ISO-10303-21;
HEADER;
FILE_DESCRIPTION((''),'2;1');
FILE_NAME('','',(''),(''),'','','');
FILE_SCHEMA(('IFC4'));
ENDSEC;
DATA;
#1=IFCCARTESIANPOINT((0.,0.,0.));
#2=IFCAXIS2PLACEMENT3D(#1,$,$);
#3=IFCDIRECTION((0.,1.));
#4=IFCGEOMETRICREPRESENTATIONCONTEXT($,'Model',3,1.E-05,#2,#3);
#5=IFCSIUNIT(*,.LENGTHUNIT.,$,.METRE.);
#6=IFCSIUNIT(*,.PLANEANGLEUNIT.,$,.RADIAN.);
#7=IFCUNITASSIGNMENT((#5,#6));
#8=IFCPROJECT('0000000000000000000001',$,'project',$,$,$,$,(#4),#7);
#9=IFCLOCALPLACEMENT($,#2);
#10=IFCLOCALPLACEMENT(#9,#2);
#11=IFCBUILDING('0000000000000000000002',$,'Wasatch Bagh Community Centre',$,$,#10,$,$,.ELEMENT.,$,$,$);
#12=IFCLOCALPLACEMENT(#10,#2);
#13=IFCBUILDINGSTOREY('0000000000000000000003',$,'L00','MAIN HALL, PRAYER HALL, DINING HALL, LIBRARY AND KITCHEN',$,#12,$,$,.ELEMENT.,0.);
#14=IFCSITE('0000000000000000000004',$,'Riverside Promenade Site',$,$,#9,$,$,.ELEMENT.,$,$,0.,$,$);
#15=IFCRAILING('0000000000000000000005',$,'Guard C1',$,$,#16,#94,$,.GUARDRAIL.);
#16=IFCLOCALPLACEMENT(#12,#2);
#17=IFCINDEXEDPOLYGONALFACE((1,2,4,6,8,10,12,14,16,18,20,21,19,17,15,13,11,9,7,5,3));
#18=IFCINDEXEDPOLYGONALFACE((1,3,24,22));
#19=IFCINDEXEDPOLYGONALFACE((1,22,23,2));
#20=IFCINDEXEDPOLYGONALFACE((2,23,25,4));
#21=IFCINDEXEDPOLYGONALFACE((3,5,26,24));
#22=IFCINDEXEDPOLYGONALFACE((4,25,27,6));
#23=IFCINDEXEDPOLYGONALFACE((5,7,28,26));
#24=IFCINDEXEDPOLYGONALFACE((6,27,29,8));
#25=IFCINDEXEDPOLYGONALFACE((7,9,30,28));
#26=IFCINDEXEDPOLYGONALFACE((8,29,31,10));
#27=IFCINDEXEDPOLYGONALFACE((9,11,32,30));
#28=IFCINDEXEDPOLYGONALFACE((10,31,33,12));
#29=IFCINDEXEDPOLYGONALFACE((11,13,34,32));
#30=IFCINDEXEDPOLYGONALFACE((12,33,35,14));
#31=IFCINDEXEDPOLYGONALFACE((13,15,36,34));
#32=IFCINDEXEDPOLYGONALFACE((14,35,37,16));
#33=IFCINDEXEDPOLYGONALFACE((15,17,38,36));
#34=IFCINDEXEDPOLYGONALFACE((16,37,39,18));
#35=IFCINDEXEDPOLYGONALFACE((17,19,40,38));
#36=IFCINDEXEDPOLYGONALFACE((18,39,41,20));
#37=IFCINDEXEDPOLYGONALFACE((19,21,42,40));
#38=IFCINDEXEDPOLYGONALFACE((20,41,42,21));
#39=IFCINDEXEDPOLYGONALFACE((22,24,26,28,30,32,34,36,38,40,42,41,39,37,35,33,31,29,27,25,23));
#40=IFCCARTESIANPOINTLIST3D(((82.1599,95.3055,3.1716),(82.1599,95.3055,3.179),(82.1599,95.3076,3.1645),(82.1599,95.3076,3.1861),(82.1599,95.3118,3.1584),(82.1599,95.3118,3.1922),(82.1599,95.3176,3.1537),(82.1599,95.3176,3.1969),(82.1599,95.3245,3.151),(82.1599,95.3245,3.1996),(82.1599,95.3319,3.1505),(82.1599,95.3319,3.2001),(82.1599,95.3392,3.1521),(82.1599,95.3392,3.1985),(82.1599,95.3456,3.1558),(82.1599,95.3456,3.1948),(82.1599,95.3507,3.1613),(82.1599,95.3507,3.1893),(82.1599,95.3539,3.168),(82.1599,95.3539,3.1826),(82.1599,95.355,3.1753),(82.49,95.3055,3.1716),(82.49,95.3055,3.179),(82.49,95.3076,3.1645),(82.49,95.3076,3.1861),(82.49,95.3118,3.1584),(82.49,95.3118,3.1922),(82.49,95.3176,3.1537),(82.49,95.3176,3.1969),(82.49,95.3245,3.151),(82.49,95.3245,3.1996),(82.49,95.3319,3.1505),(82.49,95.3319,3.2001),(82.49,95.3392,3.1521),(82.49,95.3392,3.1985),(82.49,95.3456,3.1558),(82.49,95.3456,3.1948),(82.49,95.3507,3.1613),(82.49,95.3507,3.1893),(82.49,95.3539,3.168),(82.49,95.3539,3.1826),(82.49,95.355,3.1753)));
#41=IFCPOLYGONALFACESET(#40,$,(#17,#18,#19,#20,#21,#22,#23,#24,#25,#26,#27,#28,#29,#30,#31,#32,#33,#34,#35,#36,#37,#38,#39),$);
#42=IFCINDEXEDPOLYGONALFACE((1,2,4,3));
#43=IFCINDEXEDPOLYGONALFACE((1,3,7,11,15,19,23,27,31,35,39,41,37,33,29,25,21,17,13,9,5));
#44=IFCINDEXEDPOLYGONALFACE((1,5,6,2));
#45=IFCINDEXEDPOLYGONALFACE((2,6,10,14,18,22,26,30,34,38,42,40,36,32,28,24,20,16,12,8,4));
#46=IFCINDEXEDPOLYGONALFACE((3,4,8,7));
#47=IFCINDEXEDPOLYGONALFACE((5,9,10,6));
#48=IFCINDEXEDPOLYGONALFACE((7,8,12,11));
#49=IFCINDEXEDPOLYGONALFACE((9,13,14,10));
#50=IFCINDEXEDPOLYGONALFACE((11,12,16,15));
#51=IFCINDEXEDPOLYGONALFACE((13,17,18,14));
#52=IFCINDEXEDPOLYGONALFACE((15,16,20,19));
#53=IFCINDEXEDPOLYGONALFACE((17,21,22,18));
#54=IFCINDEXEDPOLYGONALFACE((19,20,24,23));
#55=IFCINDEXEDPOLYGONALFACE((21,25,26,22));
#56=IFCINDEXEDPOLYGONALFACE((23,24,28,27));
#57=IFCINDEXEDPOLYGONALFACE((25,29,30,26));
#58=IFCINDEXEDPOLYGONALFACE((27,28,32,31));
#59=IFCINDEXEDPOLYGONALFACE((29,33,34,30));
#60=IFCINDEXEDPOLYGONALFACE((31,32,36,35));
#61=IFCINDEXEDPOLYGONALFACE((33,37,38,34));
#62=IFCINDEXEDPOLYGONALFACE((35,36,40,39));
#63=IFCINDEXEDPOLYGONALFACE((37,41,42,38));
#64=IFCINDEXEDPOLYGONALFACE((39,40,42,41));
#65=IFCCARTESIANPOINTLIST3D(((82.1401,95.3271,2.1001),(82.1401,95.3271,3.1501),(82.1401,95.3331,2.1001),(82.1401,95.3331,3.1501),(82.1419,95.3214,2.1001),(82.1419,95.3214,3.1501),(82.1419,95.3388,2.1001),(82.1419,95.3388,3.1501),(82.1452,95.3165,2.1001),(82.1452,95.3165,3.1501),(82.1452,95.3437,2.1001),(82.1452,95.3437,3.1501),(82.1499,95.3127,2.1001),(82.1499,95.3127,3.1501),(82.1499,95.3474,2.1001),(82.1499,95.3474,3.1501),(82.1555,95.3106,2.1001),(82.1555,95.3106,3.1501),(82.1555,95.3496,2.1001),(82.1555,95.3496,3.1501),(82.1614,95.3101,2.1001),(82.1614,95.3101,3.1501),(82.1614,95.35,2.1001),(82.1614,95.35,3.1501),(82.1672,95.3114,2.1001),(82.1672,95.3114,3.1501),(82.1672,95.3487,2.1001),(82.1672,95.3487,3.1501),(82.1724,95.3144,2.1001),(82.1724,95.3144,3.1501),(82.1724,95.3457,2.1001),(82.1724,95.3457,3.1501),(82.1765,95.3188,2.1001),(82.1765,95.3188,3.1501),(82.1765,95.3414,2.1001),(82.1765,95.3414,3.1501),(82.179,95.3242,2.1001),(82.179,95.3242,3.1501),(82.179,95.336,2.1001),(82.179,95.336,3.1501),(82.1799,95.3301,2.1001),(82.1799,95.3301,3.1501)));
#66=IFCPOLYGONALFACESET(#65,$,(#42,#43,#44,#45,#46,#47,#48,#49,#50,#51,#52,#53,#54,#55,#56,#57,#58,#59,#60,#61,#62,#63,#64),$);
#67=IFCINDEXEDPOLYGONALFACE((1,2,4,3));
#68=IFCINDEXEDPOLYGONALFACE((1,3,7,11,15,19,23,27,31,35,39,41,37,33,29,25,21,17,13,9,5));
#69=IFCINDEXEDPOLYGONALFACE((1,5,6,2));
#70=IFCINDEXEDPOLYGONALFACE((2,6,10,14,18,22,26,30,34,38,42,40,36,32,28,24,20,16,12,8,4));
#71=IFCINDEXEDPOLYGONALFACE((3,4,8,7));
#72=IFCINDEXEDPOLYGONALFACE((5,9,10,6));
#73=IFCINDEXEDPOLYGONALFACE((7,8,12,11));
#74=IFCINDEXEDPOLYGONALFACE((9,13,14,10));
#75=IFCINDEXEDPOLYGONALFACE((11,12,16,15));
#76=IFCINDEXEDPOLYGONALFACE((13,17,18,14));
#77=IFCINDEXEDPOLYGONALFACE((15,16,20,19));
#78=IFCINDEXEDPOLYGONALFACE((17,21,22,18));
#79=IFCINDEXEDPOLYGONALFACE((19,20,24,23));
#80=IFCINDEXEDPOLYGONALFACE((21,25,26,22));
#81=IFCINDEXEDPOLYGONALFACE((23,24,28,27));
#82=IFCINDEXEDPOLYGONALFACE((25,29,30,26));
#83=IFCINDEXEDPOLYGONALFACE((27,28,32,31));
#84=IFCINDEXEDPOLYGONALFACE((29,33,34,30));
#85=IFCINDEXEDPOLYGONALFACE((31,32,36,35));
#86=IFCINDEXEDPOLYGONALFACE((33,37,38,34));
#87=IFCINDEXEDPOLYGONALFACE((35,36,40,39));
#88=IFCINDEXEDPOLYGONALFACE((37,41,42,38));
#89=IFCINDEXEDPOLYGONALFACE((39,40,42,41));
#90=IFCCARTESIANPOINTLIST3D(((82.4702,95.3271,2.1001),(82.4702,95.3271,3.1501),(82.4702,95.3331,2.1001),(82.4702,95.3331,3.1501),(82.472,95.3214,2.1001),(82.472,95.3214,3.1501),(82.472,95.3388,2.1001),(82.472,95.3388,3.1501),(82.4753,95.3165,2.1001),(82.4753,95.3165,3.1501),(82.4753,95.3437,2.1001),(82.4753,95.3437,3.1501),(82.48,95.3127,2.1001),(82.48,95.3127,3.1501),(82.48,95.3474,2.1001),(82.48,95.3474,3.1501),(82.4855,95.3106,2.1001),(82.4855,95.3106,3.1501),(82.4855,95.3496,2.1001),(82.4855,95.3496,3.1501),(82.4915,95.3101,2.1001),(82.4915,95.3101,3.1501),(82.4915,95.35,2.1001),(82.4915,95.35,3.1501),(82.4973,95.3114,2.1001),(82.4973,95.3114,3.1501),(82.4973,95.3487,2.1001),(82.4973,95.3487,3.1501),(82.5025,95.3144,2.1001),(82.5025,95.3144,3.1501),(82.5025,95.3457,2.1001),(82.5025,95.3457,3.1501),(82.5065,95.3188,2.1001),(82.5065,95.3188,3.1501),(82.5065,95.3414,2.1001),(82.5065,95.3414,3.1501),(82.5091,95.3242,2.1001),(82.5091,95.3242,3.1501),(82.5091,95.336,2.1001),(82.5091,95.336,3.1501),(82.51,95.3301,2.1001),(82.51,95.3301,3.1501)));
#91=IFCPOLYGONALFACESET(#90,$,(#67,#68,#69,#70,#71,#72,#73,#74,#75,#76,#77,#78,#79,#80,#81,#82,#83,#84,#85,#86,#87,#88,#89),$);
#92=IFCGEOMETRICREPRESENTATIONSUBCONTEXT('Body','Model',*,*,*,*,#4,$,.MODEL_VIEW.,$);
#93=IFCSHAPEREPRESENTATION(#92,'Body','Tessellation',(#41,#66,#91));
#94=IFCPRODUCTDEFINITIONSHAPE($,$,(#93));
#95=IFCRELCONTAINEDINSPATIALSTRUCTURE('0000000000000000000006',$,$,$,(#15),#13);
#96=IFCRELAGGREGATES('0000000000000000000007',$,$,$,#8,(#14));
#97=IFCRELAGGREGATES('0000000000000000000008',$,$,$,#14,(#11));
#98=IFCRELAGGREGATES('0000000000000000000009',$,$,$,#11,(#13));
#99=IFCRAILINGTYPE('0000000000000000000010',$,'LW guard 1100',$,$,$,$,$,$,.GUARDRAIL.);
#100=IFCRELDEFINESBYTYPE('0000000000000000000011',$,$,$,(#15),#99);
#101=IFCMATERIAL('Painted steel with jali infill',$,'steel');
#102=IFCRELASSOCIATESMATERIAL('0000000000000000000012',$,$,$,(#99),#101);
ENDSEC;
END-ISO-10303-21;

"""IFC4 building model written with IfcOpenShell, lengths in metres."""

from ifc_helpers import new_model, si_unit, direction, frame, origin, origin_2d, place, context, subcontext, project, spatial, circle, extrude, material, type_object, element, save


model = new_model("IFC4")

# Units and contexts
model_context = context("Model", 3, precision=1e-05, world=origin(), true_north=direction((0.0, 1.0)))
body_context = subcontext(model_context, "Body", "Model", "MODEL_VIEW")
ifc_project = project(units=[si_unit("LENGTHUNIT", "METRE"), si_unit("PLANEANGLEUNIT", "RADIAN")], contexts=[model_context])

# Site, building, storey
site_placement = place(None, origin())
site = spatial("IfcSite", under=ifc_project, at=site_placement, Name="Riverside Promenade Site", CompositionType="ELEMENT", RefElevation=0.0)
building_placement = place(site_placement, origin())
building = spatial("IfcBuilding", under=site, at=building_placement, Name="Wasatch Bagh Community Centre", CompositionType="ELEMENT")
storey_placement = place(building_placement, origin())
storey = spatial("IfcBuildingStorey", under=building, at=storey_placement, Name="L00", Description="MAIN HALL, PRAYER HALL, DINING HALL, LIBRARY AND KITCHEN", CompositionType="ELEMENT", Elevation=0.0)

# Railing
ifc_material_1 = material(Name="Painted steel with jali infill", Category="steel")
railing_type_1 = type_object("IfcRailingType", Name="LW guard 1100", PredefinedType="GUARDRAIL", material=ifc_material_1)
railing_1_placement = place(storey_placement, frame((82.1599, 95.3301, 2.1001)))
element("IfcRailing", 1, at=railing_1_placement, inside=storey, type_object=railing_type_1, Name="Guard C1", PredefinedType="GUARDRAIL", context=body_context, shape_type="SweptSolid", body=[
    extrude(circle(Radius=0.0249, at=origin_2d()), frame((0.0, 0.0, 1.0752), z_axis=(1.0, 0.0, 0.0), x_axis=(0.0, 1.0, 0.0)), (0.0, 0.0, 1.0), 0.3301),
    extrude(circle(Radius=0.02, at=origin_2d()), origin(), (0.0, 0.0, 1.0), 1.05),
    extrude(circle(Radius=0.02, at=origin_2d()), frame((0.3301, 0.0, 0.0)), (0.0, 0.0, 1.0), 1.05),
])

save(model, "model.ifc")
